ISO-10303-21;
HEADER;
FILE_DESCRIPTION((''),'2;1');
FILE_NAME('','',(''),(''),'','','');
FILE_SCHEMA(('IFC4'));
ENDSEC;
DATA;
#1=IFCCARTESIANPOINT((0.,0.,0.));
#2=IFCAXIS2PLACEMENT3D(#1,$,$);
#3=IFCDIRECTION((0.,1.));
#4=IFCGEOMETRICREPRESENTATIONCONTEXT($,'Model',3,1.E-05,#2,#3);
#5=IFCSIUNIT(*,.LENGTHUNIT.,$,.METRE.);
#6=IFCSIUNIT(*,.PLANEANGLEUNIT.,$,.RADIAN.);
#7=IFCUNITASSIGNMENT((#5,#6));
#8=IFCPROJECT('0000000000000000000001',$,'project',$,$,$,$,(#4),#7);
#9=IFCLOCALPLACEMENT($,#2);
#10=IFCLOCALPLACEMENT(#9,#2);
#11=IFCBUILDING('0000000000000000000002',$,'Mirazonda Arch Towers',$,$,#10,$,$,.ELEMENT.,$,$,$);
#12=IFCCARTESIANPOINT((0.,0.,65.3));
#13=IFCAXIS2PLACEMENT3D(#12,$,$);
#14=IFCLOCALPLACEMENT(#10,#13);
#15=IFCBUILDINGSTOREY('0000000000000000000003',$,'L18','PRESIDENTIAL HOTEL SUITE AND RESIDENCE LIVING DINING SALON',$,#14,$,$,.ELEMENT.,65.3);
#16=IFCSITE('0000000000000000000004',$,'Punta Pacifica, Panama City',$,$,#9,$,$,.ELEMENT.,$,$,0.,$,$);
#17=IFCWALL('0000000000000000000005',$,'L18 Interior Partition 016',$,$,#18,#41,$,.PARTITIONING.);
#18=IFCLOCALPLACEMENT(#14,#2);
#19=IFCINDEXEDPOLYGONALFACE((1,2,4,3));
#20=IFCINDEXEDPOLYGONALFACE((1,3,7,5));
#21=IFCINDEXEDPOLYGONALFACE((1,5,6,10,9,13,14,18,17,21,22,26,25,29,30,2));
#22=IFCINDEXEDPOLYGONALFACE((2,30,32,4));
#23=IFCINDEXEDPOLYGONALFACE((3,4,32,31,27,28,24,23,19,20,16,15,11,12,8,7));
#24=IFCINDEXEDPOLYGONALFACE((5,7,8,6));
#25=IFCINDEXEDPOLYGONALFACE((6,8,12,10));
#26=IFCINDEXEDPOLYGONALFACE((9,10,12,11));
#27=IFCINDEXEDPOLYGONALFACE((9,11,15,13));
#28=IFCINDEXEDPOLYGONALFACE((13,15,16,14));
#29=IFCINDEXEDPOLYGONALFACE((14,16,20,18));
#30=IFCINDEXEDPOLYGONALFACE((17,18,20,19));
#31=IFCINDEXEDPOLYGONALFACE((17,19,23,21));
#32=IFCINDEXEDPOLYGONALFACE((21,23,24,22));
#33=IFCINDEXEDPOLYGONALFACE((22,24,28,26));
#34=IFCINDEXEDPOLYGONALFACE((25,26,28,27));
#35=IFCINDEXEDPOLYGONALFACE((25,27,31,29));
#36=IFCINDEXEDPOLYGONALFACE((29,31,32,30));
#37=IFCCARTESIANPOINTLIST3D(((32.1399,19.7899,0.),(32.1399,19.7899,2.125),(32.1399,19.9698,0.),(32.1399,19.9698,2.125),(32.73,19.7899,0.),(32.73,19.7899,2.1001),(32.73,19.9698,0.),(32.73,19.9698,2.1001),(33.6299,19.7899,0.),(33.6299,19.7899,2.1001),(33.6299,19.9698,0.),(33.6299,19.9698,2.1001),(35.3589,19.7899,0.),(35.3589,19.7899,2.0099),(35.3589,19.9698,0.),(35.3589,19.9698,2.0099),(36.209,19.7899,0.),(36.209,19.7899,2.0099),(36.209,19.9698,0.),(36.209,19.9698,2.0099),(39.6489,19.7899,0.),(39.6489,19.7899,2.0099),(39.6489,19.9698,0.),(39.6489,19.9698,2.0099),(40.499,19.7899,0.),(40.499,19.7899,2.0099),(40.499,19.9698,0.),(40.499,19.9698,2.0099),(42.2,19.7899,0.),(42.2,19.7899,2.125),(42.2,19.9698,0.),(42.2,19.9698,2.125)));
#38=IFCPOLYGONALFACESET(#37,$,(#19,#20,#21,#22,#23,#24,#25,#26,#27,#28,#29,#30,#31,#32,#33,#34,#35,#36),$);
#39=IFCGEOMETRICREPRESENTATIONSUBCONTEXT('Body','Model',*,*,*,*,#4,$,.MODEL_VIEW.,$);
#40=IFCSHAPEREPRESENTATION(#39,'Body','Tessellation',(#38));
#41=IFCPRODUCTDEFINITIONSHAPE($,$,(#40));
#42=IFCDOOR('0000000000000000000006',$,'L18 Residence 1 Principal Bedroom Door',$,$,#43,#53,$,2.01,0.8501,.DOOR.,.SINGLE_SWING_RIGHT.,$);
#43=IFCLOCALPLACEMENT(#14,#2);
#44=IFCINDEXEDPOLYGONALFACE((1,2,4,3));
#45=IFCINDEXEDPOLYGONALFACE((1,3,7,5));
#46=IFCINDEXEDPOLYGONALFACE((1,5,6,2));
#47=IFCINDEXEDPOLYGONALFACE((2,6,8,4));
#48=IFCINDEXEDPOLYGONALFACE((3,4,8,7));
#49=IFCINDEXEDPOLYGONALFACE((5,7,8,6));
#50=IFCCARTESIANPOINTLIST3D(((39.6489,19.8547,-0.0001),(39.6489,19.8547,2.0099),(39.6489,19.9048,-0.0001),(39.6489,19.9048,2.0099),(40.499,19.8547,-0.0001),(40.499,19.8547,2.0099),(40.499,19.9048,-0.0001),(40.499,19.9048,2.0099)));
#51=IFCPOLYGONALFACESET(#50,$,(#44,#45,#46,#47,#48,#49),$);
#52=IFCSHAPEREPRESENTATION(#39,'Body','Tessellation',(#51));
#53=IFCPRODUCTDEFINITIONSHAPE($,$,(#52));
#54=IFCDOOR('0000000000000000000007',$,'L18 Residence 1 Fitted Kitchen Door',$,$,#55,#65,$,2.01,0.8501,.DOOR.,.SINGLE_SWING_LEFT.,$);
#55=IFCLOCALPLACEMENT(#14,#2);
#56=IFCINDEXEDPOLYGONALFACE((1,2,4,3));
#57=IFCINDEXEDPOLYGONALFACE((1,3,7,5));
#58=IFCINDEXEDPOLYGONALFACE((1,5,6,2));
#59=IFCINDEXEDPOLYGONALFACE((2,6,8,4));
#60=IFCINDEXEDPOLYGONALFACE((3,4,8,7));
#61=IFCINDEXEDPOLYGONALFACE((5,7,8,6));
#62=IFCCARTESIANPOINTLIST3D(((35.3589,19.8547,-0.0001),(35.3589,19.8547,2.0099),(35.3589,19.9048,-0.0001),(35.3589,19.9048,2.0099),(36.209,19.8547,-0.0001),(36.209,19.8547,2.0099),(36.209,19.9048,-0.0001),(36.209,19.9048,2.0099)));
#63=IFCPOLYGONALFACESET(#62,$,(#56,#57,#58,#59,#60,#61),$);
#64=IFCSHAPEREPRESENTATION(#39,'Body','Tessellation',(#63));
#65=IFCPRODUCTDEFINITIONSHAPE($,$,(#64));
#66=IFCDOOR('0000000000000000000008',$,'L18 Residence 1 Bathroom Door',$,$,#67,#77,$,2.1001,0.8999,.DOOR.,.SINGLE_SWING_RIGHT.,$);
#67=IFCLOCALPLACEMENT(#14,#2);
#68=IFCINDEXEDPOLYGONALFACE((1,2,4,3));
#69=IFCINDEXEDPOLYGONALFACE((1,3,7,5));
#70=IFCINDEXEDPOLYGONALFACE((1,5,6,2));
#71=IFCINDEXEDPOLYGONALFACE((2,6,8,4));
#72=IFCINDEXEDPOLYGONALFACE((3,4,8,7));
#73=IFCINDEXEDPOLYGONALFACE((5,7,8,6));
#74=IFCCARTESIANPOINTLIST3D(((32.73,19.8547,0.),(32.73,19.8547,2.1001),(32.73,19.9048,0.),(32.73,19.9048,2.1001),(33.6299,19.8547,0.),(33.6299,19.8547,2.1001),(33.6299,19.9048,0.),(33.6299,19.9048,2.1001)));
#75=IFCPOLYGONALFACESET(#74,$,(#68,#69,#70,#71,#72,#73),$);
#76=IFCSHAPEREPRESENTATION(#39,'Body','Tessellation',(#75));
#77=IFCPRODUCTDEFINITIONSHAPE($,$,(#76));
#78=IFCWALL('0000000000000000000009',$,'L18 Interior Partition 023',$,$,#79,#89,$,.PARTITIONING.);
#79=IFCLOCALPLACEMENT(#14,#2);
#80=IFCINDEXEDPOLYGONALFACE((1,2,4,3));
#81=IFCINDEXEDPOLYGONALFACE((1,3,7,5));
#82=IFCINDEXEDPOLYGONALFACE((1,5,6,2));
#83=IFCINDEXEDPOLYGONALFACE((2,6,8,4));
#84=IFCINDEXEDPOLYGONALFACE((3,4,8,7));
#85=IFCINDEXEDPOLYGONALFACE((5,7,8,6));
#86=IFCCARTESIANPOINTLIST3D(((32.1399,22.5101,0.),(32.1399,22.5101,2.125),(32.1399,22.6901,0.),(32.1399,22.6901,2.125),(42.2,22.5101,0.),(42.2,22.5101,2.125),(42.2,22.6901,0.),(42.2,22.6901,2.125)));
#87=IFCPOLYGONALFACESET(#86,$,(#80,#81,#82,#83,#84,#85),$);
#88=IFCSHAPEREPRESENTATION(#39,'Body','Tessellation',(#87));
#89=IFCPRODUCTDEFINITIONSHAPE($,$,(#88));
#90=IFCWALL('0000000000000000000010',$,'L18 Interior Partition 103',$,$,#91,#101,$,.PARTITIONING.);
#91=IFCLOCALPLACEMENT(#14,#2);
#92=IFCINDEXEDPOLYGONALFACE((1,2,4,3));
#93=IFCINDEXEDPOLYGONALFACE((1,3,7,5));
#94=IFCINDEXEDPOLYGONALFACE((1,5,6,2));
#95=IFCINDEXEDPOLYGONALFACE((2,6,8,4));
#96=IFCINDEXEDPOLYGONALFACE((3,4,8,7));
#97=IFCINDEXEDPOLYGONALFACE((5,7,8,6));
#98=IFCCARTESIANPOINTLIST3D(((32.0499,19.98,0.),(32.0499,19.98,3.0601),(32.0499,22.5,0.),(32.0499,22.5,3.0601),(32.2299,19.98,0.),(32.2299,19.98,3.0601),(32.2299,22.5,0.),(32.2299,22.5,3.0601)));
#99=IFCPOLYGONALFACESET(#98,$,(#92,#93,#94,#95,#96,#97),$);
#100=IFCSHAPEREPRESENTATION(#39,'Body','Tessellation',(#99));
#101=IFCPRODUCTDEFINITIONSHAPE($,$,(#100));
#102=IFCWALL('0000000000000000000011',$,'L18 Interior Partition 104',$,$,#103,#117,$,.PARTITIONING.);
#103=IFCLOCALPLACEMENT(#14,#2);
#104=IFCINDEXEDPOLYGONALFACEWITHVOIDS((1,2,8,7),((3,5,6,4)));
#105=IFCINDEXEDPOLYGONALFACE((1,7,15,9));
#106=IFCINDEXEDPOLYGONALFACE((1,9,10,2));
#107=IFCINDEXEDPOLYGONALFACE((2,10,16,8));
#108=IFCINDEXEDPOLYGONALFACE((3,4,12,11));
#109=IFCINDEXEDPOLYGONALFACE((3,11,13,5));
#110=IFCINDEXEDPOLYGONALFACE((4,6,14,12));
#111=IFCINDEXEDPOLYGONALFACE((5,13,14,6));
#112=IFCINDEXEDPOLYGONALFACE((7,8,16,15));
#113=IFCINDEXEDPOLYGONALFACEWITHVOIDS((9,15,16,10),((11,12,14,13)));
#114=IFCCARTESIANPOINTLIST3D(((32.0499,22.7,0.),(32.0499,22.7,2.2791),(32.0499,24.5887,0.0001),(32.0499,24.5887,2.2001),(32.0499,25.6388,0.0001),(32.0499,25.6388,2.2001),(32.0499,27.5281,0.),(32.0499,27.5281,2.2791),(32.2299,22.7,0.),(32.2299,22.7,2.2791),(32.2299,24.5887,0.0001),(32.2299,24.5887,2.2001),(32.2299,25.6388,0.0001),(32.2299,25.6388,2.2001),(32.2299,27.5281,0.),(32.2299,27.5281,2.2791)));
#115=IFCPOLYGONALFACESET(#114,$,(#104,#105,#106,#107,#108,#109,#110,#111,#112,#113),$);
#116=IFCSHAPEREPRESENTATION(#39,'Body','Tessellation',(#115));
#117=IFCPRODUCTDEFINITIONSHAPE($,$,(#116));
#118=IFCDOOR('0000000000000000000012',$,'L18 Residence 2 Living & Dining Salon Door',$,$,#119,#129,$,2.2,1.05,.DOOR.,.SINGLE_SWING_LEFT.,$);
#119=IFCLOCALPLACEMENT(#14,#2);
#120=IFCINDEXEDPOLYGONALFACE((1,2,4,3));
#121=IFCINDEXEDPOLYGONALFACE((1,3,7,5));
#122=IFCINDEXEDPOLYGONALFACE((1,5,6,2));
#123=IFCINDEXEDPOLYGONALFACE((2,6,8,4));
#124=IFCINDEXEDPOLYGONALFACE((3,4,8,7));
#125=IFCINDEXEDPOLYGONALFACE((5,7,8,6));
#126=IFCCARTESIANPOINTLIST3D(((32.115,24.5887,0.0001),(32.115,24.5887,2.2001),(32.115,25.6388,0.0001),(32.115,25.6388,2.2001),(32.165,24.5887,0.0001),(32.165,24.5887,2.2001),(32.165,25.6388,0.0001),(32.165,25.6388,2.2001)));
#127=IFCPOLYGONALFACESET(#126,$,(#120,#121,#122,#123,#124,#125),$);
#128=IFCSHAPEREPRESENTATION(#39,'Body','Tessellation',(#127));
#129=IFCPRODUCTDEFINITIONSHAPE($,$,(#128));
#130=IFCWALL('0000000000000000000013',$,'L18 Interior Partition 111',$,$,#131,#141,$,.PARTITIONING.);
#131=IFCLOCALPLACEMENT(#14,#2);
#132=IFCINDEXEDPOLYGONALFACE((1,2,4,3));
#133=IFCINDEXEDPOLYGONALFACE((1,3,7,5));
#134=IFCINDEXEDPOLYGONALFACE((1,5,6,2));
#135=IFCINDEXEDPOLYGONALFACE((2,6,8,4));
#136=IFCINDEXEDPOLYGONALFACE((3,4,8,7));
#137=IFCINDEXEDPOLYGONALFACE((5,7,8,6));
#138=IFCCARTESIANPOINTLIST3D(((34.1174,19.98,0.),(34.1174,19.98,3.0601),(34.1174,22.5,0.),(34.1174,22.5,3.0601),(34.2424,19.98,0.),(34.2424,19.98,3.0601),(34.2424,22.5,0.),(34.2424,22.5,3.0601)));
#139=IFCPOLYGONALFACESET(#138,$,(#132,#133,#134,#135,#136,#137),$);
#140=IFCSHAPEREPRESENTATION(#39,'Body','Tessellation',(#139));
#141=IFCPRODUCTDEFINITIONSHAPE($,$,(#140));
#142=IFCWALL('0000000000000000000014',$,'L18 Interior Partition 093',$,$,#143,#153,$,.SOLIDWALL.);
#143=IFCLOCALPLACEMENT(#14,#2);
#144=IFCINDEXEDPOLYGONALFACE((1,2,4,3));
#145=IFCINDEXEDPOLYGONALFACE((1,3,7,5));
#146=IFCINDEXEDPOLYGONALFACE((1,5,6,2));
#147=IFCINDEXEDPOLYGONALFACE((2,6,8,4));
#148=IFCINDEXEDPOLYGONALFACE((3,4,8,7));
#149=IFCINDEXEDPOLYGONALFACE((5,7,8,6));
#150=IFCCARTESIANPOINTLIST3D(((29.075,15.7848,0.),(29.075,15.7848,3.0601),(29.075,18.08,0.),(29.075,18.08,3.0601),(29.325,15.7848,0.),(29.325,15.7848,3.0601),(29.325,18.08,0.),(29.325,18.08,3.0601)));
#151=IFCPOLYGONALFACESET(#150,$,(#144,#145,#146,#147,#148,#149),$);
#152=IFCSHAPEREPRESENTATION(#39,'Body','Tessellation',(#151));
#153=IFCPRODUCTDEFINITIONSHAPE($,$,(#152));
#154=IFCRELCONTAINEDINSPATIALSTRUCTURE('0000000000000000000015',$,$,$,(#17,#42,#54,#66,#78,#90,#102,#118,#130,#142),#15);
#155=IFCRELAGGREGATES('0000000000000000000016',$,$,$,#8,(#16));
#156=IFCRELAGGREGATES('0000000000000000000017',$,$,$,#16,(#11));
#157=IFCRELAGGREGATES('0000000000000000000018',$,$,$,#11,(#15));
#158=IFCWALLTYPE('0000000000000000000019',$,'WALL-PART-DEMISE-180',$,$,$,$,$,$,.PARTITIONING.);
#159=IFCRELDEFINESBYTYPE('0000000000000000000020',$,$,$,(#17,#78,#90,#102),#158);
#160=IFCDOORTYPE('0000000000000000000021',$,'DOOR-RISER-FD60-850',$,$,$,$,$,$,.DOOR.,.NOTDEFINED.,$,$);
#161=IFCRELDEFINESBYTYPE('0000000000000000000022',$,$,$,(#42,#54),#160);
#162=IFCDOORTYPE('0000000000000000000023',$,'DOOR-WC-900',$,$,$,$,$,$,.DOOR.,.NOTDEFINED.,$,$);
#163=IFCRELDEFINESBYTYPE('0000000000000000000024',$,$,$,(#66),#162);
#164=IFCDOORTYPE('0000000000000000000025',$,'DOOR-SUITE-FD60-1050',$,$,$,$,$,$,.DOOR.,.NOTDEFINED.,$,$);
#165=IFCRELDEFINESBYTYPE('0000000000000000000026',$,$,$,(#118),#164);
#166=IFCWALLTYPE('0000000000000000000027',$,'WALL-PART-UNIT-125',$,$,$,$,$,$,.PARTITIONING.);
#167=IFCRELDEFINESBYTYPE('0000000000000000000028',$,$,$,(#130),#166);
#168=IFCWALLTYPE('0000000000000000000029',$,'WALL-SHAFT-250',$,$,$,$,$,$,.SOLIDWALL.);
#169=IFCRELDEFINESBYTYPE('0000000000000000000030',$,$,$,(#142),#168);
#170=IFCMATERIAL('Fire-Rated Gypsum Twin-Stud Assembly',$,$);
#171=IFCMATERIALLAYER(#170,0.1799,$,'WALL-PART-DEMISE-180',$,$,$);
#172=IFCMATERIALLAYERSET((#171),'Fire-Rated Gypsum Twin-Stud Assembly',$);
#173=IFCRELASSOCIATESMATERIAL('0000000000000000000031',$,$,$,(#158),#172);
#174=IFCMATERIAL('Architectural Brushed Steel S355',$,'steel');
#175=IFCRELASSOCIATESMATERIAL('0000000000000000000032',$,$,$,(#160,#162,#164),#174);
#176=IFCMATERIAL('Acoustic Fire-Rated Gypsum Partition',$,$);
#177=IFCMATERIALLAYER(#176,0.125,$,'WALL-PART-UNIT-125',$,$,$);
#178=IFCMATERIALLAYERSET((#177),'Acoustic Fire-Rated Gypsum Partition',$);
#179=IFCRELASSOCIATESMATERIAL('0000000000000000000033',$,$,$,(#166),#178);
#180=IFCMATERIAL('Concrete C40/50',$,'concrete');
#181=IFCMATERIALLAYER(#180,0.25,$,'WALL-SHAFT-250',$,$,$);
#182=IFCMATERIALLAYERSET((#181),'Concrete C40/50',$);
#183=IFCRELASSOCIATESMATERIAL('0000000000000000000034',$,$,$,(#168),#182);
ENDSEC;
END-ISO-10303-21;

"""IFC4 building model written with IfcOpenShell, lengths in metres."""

from ifc_helpers import new_model, si_unit, direction, frame, frame_2d, origin, place, context, subcontext, project, spatial, rectangle, extrude, material, layer, layer_set, type_object, element, fill, save


model = new_model("IFC4")

# Units and contexts
model_context = context("Model", 3, precision=1e-05, world=origin(), true_north=direction((0.0, 1.0)))
body_context = subcontext(model_context, "Body", "Model", "MODEL_VIEW")
ifc_project = project(units=[si_unit("LENGTHUNIT", "METRE"), si_unit("PLANEANGLEUNIT", "RADIAN")], contexts=[model_context])

# Site, building, storey
site_placement = place(None, origin())
site = spatial("IfcSite", under=ifc_project, at=site_placement, Name="Punta Pacifica, Panama City", CompositionType="ELEMENT", RefElevation=0.0)
building_placement = place(site_placement, origin())
building = spatial("IfcBuilding", under=site, at=building_placement, Name="Mirazonda Arch Towers", CompositionType="ELEMENT")
storey_placement = place(building_placement, frame((0.0, 0.0, 65.3)))
storey = spatial("IfcBuildingStorey", under=building, at=storey_placement, Name="L18", Description="PRESIDENTIAL HOTEL SUITE AND RESIDENCE LIVING DINING SALON", CompositionType="ELEMENT", Elevation=65.3)

# Wall, openings, doors
ifc_material_1 = material(Name="Fire-Rated Gypsum Twin-Stud Assembly")
ifc_layer_1 = layer(ifc_material_1, 0.1799, Name="WALL-PART-DEMISE-180")
ifc_layer_set_1 = layer_set([ifc_layer_1], Name="Fire-Rated Gypsum Twin-Stud Assembly")
wall_type_1 = type_object("IfcWallType", Name="WALL-PART-DEMISE-180", PredefinedType="PARTITIONING", material=ifc_layer_set_1)
wall_1_placement = place(storey_placement, frame((32.1399, 19.8799, 0.0), z_axis=(0.0, 0.0, 1.0), x_axis=(1.0, 0.0, 0.0)))
wall_1 = element("IfcWall", 1, at=wall_1_placement, inside=storey, type_object=wall_type_1, Name="L18 Interior Partition 016", PredefinedType="PARTITIONING", context=body_context, shape_type="SweptSolid", body=[
    extrude(rectangle(XDim=10.0601, YDim=0.1799, at=frame_2d((5.03, 0.0))), origin(), (0.0, 0.0, 1.0), 2.125),
])
opening_1_placement = place(wall_1_placement, frame((7.509, 0.0, 0.0)))
opening_1 = element("IfcOpeningElement", 2, at=opening_1_placement, cuts=wall_1, PredefinedType="OPENING", context=body_context, shape_type="SweptSolid", body=[
    extrude(rectangle(XDim=0.8501, YDim=2.01, at=frame_2d((0.425, 1.0049))), frame((0.0, 0.0999, 0.0), z_axis=(0.0, -1.0, 0.0), x_axis=(1.0, 0.0, 0.0)), (0.0, 0.0, 1.0), 0.2),
])
opening_2_placement = place(wall_1_placement, frame((3.219, 0.0, 0.0)))
opening_2 = element("IfcOpeningElement", 3, at=opening_2_placement, cuts=wall_1, PredefinedType="OPENING", context=body_context, shape_type="SweptSolid", body=[
    extrude(rectangle(XDim=0.8501, YDim=2.01, at=frame_2d((0.425, 1.0049))), frame((0.0, 0.0999, 0.0), z_axis=(0.0, -1.0, 0.0), x_axis=(1.0, 0.0, 0.0)), (0.0, 0.0, 1.0), 0.2),
])
opening_3_placement = place(wall_1_placement, frame((0.5901, 0.0, 0.0)))
opening_3 = element("IfcOpeningElement", 4, at=opening_3_placement, cuts=wall_1, PredefinedType="OPENING", context=body_context, shape_type="SweptSolid", body=[
    extrude(rectangle(XDim=0.8999, YDim=2.1001, at=frame_2d((0.45, 1.05))), frame((0.0, 0.0999, 0.0), z_axis=(0.0, -1.0, 0.0), x_axis=(1.0, 0.0, 0.0)), (0.0, 0.0, 1.0), 0.2),
])
ifc_material_2 = material(Name="Architectural Brushed Steel S355", Category="steel")
door_type_1 = type_object("IfcDoorType", Name="DOOR-RISER-FD60-850", OperationType="NOTDEFINED", PredefinedType="DOOR", material=ifc_material_2)
door_1_placement = place(opening_1_placement, origin())
door_1 = element("IfcDoor", 5, at=door_1_placement, inside=storey, type_object=door_type_1, Name="L18 Residence 1 Principal Bedroom Door", OperationType="SINGLE_SWING_RIGHT", OverallHeight=2.01, OverallWidth=0.8501, PredefinedType="DOOR", context=body_context, shape_type="SweptSolid", body=[
    extrude(rectangle(XDim=0.8501, YDim=2.01, at=frame_2d((0.425, 1.0049))), frame((0.0, 0.0249, 0.0), z_axis=(0.0, -1.0, 0.0), x_axis=(1.0, 0.0, 0.0)), (0.0, 0.0, 1.0), 0.05),
])
fill(opening_1, door_1)
door_2_placement = place(opening_2_placement, origin())
door_2 = element("IfcDoor", 6, at=door_2_placement, inside=storey, type_object=door_type_1, Name="L18 Residence 1 Fitted Kitchen Door", OperationType="SINGLE_SWING_LEFT", OverallHeight=2.01, OverallWidth=0.8501, PredefinedType="DOOR", context=body_context, shape_type="SweptSolid", body=[
    extrude(rectangle(XDim=0.8501, YDim=2.01, at=frame_2d((0.425, 1.0049))), frame((0.0, 0.0249, 0.0), z_axis=(0.0, -1.0, 0.0), x_axis=(1.0, 0.0, 0.0)), (0.0, 0.0, 1.0), 0.05),
])
fill(opening_2, door_2)
door_type_2 = type_object("IfcDoorType", Name="DOOR-WC-900", OperationType="NOTDEFINED", PredefinedType="DOOR", material=ifc_material_2)
door_3_placement = place(opening_3_placement, origin())
door_3 = element("IfcDoor", 7, at=door_3_placement, inside=storey, type_object=door_type_2, Name="L18 Residence 1 Bathroom Door", OperationType="SINGLE_SWING_RIGHT", OverallHeight=2.1001, OverallWidth=0.8999, PredefinedType="DOOR", context=body_context, shape_type="SweptSolid", body=[
    extrude(rectangle(XDim=0.8999, YDim=2.1001, at=frame_2d((0.45, 1.05))), frame((0.0, 0.0249, 0.0), z_axis=(0.0, -1.0, 0.0), x_axis=(1.0, 0.0, 0.0)), (0.0, 0.0, 1.0), 0.05),
])
fill(opening_3, door_3)

# Walls
wall_2_placement = place(storey_placement, frame((32.1399, 22.6001, 0.0), z_axis=(0.0, 0.0, 1.0), x_axis=(1.0, 0.0, 0.0)))
element("IfcWall", 8, at=wall_2_placement, inside=storey, type_object=wall_type_1, Name="L18 Interior Partition 023", PredefinedType="PARTITIONING", context=body_context, shape_type="SweptSolid", body=[
    extrude(rectangle(XDim=10.0601, YDim=0.1799, at=frame_2d((5.03, 0.0))), origin(), (0.0, 0.0, 1.0), 2.125),
])
wall_3_placement = place(storey_placement, frame((32.1399, 19.98, 0.0), z_axis=(0.0, 0.0, 1.0), x_axis=(0.0, 1.0, 0.0)))
element("IfcWall", 9, at=wall_3_placement, inside=storey, type_object=wall_type_1, Name="L18 Interior Partition 103", PredefinedType="PARTITIONING", context=body_context, shape_type="SweptSolid", body=[
    extrude(rectangle(XDim=2.52, YDim=0.1799, at=frame_2d((1.26, 0.0))), origin(), (0.0, 0.0, 1.0), 3.0601),
])

# Wall, opening, door
wall_4_placement = place(storey_placement, frame((32.1399, 22.7, 0.0), z_axis=(0.0, 0.0, 1.0), x_axis=(0.0, 1.0, 0.0)))
wall_4 = element("IfcWall", 10, at=wall_4_placement, inside=storey, type_object=wall_type_1, Name="L18 Interior Partition 104", PredefinedType="PARTITIONING", context=body_context, shape_type="SweptSolid", body=[
    extrude(rectangle(XDim=4.8281, YDim=0.1799, at=frame_2d((2.4141, 0.0))), origin(), (0.0, 0.0, 1.0), 2.2791),
])
opening_4_placement = place(wall_4_placement, frame((1.8889, 0.0, 0.0)))
opening_4 = element("IfcOpeningElement", 11, at=opening_4_placement, cuts=wall_4, PredefinedType="OPENING", context=body_context, shape_type="SweptSolid", body=[
    extrude(rectangle(XDim=1.05, YDim=2.2, at=frame_2d((0.5249, 1.1001))), frame((0.0, 0.0999, 0.0), z_axis=(0.0, -1.0, 0.0), x_axis=(1.0, 0.0, 0.0)), (0.0, 0.0, 1.0), 0.2),
])
door_type_3 = type_object("IfcDoorType", Name="DOOR-SUITE-FD60-1050", OperationType="NOTDEFINED", PredefinedType="DOOR", material=ifc_material_2)
door_4_placement = place(opening_4_placement, origin())
door_4 = element("IfcDoor", 12, at=door_4_placement, inside=storey, type_object=door_type_3, Name="L18 Residence 2 Living & Dining Salon Door", OperationType="SINGLE_SWING_LEFT", OverallHeight=2.2, OverallWidth=1.05, PredefinedType="DOOR", context=body_context, shape_type="SweptSolid", body=[
    extrude(rectangle(XDim=1.05, YDim=2.2, at=frame_2d((0.5249, 1.1001))), frame((0.0, 0.0249, 0.0), z_axis=(0.0, -1.0, 0.0), x_axis=(1.0, 0.0, 0.0)), (0.0, 0.0, 1.0), 0.05),
])
fill(opening_4, door_4)

# Walls
ifc_material_3 = material(Name="Acoustic Fire-Rated Gypsum Partition")
ifc_layer_2 = layer(ifc_material_3, 0.125, Name="WALL-PART-UNIT-125")
ifc_layer_set_2 = layer_set([ifc_layer_2], Name="Acoustic Fire-Rated Gypsum Partition")
wall_type_2 = type_object("IfcWallType", Name="WALL-PART-UNIT-125", PredefinedType="PARTITIONING", material=ifc_layer_set_2)
wall_5_placement = place(storey_placement, frame((34.1799, 19.98, 0.0), z_axis=(0.0, 0.0, 1.0), x_axis=(0.0, 1.0, 0.0)))
element("IfcWall", 13, at=wall_5_placement, inside=storey, type_object=wall_type_2, Name="L18 Interior Partition 111", PredefinedType="PARTITIONING", context=body_context, shape_type="SweptSolid", body=[
    extrude(rectangle(XDim=2.52, YDim=0.125, at=frame_2d((1.26, 0.0))), origin(), (0.0, 0.0, 1.0), 3.0601),
])
ifc_material_4 = material(Name="Concrete C40/50", Category="concrete")
ifc_layer_3 = layer(ifc_material_4, 0.25, Name="WALL-SHAFT-250")
ifc_layer_set_3 = layer_set([ifc_layer_3], Name="Concrete C40/50")
wall_type_3 = type_object("IfcWallType", Name="WALL-SHAFT-250", PredefinedType="SOLIDWALL", material=ifc_layer_set_3)
wall_6_placement = place(storey_placement, frame((29.2, 15.7849, 0.0), z_axis=(0.0, 0.0, 1.0), x_axis=(0.0, 1.0, 0.0)))
element("IfcWall", 14, at=wall_6_placement, inside=storey, type_object=wall_type_3, Name="L18 Interior Partition 093", PredefinedType="SOLIDWALL", context=body_context, shape_type="SweptSolid", body=[
    extrude(rectangle(XDim=2.2952, YDim=0.25, at=frame_2d((1.1475, 0.0))), origin(), (0.0, 0.0, 1.0), 3.0601),
])

save(model, "model.ifc")
